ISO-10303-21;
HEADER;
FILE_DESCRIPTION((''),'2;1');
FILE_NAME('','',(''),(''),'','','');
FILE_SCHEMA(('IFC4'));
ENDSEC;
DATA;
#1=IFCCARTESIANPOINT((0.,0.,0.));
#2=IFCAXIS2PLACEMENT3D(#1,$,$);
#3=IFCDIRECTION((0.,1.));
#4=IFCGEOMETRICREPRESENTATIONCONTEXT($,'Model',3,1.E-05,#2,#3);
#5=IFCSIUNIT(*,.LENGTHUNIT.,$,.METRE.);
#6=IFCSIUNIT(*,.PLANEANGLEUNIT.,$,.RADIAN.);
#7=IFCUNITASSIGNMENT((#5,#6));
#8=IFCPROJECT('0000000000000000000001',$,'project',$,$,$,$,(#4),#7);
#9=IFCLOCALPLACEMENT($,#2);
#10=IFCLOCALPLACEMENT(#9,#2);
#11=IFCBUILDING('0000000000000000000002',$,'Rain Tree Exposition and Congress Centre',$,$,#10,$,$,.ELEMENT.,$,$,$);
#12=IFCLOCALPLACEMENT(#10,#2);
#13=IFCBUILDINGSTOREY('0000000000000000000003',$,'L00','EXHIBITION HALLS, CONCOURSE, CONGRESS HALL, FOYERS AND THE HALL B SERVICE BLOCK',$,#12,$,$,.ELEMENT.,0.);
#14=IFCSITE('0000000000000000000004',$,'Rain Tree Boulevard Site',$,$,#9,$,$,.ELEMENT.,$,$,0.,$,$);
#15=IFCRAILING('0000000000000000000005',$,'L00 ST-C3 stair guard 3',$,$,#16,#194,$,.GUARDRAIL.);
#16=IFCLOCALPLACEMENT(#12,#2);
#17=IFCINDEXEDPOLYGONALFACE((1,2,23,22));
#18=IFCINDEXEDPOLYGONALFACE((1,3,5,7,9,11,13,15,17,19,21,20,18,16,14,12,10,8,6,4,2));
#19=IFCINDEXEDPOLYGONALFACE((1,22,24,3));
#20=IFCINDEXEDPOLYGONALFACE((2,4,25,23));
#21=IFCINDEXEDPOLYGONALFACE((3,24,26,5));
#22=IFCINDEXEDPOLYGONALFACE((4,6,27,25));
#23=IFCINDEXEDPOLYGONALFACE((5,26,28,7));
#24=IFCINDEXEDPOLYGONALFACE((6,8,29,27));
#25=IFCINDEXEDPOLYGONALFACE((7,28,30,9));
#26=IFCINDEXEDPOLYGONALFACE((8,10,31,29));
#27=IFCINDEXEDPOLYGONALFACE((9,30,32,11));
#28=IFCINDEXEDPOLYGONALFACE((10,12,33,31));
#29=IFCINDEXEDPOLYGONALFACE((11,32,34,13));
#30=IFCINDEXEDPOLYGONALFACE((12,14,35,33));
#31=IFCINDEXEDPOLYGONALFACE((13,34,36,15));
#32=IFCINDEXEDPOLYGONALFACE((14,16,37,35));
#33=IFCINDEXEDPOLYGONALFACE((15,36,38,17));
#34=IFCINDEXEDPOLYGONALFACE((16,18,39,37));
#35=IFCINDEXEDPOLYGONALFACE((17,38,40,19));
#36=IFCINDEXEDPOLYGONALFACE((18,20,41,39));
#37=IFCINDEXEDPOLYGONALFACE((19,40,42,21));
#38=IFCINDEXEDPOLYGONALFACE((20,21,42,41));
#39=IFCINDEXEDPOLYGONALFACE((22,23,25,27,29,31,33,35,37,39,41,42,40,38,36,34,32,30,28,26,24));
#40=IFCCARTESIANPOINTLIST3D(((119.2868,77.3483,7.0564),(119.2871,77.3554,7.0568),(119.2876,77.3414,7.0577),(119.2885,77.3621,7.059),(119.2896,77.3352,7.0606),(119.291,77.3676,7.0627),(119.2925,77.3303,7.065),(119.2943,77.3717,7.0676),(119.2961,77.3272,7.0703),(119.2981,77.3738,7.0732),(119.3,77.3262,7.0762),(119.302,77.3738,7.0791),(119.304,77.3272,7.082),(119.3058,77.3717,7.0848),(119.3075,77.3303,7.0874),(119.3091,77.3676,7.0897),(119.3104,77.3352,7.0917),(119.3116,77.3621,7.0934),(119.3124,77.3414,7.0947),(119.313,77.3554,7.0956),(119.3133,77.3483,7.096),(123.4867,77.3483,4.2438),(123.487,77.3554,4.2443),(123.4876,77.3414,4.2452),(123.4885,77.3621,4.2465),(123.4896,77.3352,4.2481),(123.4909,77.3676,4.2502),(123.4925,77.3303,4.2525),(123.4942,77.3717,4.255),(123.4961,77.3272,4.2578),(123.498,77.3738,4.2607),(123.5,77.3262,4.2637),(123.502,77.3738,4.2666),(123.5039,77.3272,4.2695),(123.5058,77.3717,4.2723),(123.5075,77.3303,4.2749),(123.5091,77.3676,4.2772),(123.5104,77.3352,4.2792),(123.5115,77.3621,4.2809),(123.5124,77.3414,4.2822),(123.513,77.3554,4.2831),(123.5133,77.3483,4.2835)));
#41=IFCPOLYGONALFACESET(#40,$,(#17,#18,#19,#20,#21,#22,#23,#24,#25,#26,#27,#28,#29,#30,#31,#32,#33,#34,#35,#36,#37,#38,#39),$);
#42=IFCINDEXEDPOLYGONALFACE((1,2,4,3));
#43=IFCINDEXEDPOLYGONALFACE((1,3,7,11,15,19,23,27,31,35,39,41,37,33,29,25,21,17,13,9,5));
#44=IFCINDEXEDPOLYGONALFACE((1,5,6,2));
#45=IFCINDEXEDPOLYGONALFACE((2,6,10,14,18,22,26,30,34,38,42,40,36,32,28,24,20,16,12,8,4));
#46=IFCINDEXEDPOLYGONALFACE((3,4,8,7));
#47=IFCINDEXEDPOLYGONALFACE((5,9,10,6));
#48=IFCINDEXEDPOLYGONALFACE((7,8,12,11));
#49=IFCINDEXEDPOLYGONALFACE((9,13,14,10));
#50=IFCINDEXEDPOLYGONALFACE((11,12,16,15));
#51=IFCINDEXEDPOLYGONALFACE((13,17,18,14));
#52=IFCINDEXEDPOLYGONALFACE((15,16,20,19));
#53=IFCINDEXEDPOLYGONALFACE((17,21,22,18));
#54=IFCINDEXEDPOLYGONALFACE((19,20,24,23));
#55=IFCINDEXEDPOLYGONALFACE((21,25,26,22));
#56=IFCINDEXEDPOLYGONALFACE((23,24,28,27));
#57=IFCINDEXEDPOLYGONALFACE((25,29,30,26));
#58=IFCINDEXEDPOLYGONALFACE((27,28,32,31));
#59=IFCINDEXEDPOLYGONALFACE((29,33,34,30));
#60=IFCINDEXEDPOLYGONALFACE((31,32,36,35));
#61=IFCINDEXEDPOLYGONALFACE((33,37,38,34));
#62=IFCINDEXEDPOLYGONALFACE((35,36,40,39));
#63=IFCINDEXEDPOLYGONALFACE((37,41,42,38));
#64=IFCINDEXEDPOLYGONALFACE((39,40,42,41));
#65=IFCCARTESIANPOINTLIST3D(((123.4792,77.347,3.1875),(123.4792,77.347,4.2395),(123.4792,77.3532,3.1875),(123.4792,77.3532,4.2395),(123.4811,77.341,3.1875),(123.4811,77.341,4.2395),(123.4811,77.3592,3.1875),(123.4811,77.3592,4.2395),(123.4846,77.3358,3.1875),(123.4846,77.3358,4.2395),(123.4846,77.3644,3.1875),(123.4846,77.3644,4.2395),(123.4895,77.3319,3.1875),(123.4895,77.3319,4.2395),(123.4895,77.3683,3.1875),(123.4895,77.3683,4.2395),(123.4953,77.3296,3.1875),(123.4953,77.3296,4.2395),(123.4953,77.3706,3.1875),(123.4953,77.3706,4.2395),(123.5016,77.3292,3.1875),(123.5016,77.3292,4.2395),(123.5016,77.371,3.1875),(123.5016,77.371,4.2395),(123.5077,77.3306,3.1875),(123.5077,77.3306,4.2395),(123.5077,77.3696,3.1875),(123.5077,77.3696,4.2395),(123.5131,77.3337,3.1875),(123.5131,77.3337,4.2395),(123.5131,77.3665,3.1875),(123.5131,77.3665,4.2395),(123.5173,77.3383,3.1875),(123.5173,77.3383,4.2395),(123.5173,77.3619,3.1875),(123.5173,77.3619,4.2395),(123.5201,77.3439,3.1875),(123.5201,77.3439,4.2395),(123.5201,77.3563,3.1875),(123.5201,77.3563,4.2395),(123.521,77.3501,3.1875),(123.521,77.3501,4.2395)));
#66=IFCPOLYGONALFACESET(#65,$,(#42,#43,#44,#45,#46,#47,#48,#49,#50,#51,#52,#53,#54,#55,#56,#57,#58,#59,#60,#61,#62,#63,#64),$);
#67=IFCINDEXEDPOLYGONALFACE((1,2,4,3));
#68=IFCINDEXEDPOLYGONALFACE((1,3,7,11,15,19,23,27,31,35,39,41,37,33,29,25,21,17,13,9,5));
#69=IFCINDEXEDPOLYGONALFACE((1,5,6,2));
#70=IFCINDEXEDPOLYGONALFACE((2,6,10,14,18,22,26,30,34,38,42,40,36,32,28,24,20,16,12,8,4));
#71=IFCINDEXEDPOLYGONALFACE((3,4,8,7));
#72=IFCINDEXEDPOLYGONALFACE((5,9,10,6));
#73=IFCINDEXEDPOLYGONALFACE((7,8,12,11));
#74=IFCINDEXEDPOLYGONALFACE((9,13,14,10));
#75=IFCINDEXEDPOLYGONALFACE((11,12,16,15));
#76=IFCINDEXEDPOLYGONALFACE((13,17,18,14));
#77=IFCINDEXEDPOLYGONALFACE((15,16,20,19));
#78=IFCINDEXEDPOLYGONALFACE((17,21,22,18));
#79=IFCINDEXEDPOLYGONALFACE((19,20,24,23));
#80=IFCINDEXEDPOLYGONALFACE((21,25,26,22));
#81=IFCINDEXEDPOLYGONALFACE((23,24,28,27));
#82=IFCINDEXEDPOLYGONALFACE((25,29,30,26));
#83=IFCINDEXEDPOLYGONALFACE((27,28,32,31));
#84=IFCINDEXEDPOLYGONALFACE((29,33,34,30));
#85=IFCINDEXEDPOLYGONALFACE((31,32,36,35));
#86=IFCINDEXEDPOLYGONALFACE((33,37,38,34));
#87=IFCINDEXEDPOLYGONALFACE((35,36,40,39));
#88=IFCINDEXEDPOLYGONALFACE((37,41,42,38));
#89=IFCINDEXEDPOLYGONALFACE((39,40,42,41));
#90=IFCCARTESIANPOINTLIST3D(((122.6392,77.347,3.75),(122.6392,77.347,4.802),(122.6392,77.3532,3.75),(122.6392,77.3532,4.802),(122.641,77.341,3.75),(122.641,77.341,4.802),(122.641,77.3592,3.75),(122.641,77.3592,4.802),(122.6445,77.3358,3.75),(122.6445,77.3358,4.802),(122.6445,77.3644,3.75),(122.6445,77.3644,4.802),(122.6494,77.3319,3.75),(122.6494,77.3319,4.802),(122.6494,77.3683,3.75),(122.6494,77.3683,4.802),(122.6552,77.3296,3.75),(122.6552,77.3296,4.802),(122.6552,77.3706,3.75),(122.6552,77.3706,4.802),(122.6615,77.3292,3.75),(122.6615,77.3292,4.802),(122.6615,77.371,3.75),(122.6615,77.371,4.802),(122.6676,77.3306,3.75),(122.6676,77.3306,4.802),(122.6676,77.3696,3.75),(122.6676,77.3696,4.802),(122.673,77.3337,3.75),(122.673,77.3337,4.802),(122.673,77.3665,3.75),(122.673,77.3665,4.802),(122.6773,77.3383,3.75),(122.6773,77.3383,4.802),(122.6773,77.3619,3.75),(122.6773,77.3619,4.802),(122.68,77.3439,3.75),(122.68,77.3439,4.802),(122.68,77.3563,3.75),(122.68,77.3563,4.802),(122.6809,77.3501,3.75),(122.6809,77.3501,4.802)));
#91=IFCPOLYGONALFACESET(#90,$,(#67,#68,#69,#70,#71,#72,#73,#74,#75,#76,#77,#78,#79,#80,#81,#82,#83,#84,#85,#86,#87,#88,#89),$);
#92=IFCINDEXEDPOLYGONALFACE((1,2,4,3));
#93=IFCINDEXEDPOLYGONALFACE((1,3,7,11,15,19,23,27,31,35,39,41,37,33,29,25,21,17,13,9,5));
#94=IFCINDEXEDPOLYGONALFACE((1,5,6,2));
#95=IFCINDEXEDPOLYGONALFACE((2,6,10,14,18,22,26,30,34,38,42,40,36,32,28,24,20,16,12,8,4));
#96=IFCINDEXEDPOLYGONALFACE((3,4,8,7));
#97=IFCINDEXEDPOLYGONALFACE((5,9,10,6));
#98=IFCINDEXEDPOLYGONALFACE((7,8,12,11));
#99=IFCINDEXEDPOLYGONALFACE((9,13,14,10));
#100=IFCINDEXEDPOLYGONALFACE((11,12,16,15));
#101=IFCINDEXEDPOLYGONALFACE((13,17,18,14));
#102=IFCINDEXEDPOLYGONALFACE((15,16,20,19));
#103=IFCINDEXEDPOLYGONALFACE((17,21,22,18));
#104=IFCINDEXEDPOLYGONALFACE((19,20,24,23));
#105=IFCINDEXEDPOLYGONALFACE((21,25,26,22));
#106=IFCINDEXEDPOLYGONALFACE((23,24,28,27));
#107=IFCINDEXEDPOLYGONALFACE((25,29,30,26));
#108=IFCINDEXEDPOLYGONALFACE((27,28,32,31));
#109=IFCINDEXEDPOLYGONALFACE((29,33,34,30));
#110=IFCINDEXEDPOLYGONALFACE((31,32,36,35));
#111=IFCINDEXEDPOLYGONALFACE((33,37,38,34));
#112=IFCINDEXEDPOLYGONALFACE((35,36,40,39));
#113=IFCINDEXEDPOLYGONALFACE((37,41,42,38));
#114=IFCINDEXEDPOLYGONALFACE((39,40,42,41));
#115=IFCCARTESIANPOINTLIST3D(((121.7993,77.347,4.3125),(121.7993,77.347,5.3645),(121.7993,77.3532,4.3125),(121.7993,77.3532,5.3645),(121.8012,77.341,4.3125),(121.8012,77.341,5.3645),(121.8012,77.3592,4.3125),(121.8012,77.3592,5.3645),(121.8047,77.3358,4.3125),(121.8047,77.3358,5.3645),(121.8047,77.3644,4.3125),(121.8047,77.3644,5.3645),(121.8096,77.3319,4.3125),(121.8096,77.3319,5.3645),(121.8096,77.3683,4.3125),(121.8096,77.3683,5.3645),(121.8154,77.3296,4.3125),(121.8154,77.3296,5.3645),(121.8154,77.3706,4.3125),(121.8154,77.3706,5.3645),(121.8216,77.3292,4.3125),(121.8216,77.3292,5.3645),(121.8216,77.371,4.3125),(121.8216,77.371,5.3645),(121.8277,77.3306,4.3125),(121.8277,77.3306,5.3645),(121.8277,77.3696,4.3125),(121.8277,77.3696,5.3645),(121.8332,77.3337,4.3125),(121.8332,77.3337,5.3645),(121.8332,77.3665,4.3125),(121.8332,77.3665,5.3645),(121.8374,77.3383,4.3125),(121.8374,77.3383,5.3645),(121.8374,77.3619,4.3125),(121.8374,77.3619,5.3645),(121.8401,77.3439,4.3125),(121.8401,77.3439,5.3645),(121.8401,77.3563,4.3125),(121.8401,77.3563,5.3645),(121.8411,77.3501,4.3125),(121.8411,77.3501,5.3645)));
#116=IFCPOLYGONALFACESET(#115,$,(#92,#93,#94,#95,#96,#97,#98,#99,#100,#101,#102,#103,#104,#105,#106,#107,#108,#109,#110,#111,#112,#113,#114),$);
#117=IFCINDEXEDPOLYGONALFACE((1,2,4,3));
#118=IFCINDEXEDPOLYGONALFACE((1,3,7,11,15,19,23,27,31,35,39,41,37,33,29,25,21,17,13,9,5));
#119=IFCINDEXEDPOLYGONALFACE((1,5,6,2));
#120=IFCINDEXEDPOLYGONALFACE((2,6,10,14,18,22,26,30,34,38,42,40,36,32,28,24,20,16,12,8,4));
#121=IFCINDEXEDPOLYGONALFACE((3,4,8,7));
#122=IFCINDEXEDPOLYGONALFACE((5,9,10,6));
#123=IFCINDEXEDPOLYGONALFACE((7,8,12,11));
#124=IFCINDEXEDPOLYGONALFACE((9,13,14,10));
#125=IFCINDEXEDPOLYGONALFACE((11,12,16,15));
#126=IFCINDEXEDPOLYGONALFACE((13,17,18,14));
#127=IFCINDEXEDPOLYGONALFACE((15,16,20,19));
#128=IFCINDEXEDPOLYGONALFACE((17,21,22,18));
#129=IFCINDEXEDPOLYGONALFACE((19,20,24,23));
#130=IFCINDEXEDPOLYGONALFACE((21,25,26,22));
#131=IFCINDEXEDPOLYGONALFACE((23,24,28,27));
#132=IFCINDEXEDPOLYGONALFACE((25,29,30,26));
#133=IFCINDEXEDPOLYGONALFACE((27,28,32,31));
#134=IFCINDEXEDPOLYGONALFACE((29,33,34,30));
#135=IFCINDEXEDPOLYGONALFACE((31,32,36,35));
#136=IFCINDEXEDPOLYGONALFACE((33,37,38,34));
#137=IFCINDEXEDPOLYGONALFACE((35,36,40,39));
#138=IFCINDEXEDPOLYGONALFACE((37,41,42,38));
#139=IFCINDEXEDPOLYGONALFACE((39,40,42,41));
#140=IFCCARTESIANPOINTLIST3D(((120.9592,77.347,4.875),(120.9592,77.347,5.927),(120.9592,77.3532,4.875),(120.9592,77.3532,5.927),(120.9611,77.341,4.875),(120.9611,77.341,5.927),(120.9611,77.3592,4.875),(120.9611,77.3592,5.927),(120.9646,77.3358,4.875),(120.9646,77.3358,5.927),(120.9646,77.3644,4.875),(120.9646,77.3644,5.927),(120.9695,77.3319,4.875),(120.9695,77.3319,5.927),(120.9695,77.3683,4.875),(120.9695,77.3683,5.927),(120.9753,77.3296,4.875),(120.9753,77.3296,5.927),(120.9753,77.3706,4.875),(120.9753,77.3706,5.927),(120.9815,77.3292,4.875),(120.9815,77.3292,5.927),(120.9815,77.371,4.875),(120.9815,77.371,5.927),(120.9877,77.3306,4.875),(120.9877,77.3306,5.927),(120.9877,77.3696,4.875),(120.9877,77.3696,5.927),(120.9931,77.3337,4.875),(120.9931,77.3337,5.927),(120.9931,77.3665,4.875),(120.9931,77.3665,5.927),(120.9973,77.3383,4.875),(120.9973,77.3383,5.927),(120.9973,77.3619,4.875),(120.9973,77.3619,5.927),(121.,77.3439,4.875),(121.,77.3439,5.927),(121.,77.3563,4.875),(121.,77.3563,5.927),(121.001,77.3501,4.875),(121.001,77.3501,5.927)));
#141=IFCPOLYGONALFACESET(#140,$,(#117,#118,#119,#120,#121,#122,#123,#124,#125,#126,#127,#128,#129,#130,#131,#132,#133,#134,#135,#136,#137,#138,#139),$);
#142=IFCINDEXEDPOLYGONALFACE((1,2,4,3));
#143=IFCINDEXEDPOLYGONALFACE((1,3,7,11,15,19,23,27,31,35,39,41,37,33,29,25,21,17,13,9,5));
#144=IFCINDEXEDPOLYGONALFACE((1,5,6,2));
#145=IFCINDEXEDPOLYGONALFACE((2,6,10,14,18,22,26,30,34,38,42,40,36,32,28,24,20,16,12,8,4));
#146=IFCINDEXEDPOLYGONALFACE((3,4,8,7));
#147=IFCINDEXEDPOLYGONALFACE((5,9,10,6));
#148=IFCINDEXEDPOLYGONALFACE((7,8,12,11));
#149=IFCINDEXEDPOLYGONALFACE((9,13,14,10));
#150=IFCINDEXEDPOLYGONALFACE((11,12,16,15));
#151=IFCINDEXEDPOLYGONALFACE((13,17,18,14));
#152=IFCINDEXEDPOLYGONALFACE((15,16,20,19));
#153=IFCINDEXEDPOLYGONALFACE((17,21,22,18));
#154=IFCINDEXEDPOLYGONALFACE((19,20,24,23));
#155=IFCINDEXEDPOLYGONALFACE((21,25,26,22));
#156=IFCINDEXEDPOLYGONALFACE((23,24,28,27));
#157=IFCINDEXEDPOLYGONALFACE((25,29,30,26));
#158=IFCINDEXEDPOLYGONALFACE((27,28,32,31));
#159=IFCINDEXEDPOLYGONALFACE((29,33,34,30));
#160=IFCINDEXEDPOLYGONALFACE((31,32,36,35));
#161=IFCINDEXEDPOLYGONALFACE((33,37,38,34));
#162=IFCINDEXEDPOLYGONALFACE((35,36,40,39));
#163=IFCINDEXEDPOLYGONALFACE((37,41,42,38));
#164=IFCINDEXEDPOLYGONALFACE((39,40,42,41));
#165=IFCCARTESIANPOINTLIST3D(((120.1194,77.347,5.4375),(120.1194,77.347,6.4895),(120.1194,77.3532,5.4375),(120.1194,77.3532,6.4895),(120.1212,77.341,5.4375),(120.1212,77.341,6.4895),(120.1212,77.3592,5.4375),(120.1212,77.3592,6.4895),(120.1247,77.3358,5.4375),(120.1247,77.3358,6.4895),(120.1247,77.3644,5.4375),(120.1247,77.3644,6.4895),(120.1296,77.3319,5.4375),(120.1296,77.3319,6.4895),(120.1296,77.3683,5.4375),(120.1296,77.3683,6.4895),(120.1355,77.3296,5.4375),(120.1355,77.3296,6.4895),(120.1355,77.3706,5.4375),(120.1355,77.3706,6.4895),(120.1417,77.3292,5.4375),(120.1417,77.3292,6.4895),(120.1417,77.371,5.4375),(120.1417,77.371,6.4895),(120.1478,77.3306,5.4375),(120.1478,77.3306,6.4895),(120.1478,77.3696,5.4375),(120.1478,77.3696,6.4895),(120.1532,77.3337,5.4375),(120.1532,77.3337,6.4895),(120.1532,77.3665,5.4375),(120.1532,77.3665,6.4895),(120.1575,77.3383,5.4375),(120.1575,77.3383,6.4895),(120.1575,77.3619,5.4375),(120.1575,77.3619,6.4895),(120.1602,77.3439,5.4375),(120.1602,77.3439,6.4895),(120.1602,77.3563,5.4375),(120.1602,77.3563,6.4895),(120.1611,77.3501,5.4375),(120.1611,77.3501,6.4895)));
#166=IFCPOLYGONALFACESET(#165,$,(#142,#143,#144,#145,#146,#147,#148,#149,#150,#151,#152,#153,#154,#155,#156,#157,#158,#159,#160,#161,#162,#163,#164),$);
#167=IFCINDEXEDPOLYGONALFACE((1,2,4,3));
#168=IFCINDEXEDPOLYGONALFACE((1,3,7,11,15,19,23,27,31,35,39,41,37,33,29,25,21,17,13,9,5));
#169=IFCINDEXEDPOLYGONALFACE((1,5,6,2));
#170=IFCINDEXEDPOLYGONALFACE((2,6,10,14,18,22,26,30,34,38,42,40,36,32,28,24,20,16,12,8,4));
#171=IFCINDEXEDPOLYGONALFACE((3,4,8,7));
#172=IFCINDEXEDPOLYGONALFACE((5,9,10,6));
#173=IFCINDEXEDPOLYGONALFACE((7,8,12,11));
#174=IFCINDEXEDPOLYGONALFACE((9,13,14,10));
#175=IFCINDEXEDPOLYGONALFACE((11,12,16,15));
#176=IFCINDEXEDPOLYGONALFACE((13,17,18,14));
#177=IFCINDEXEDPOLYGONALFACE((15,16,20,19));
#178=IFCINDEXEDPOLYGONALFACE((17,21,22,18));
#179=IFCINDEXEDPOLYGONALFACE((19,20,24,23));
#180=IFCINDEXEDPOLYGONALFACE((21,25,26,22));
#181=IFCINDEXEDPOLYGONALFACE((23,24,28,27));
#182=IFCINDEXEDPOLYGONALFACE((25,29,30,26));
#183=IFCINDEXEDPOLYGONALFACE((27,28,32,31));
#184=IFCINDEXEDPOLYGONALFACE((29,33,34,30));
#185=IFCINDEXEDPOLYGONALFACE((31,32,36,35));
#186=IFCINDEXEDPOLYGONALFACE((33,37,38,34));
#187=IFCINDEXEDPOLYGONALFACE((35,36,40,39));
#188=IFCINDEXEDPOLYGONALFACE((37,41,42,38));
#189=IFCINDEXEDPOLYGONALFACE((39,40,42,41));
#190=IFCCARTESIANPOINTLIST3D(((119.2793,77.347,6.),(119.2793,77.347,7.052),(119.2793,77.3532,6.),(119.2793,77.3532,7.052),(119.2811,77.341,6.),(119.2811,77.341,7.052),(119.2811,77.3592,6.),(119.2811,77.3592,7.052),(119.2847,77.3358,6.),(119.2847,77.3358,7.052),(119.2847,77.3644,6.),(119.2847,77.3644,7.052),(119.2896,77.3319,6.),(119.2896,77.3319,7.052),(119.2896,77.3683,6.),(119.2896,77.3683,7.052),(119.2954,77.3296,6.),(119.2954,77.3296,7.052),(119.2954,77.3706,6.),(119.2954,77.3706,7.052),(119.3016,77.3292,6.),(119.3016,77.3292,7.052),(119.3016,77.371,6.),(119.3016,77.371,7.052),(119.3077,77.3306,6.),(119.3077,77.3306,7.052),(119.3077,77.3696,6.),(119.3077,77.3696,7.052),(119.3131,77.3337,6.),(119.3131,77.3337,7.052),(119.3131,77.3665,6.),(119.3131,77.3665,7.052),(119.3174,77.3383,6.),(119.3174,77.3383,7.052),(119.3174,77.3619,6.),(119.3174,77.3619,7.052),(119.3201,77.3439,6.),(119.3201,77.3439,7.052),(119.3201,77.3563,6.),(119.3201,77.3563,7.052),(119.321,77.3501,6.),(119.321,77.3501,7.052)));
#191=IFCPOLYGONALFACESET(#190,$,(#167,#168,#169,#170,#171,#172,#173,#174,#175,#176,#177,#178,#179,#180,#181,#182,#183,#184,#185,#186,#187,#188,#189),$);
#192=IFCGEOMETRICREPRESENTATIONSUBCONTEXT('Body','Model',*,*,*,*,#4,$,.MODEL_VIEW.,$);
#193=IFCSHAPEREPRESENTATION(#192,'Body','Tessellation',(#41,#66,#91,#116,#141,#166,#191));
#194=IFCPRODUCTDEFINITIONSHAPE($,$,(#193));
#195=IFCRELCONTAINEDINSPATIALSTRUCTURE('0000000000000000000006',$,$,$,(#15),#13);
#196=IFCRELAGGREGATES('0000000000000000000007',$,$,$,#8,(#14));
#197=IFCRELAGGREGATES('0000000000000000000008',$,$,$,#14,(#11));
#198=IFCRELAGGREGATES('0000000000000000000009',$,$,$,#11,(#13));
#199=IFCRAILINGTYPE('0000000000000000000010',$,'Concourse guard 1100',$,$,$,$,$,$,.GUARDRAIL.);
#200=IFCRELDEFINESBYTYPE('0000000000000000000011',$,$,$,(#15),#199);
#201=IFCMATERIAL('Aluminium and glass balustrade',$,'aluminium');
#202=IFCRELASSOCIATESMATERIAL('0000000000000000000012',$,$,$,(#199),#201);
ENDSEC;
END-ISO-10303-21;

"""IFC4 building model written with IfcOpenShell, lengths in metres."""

from ifc_helpers import new_model, si_unit, direction, frame, origin, origin_2d, place, context, subcontext, project, spatial, circle, extrude, material, type_object, element, save


model = new_model("IFC4")

# Units and contexts
model_context = context("Model", 3, precision=1e-05, world=origin(), true_north=direction((0.0, 1.0)))
body_context = subcontext(model_context, "Body", "Model", "MODEL_VIEW")
ifc_project = project(units=[si_unit("LENGTHUNIT", "METRE"), si_unit("PLANEANGLEUNIT", "RADIAN")], contexts=[model_context])

# Site, building, storey
site_placement = place(None, origin())
site = spatial("IfcSite", under=ifc_project, at=site_placement, Name="Rain Tree Boulevard Site", CompositionType="ELEMENT", RefElevation=0.0)
building_placement = place(site_placement, origin())
building = spatial("IfcBuilding", under=site, at=building_placement, Name="Rain Tree Exposition and Congress Centre", CompositionType="ELEMENT")
storey_placement = place(building_placement, origin())
storey = spatial("IfcBuildingStorey", under=building, at=storey_placement, Name="L00", Description="EXHIBITION HALLS, CONCOURSE, CONGRESS HALL, FOYERS AND THE HALL B SERVICE BLOCK", CompositionType="ELEMENT", Elevation=0.0)

# Railing
ifc_material_1 = material(Name="Aluminium and glass balustrade", Category="aluminium")
railing_type_1 = type_object("IfcRailingType", Name="Concourse guard 1100", PredefinedType="GUARDRAIL", material=ifc_material_1)
railing_1_placement = place(storey_placement, frame((123.5, 77.3501, 3.1875)))
element("IfcRailing", 1, at=railing_1_placement, inside=storey, type_object=railing_type_1, Name="L00 ST-C3 stair guard 3", PredefinedType="GUARDRAIL", context=body_context, shape_type="SweptSolid", body=[
    extrude(circle(Radius=0.0239, at=origin_2d()), frame((0.0, 0.0, 1.0762), z_axis=(-0.830904, 0.0, 0.556416), x_axis=(0.0, -1.0, 0.0)), (0.0, 0.0, 1.0), 5.0547),
    extrude(circle(Radius=0.021, at=origin_2d()), origin(), (0.0, 0.0, 1.0), 1.052),
    extrude(circle(Radius=0.021, at=origin_2d()), frame((-0.8401, 0.0, 0.5625)), (0.0, 0.0, 1.0), 1.052),
    extrude(circle(Radius=0.021, at=origin_2d()), frame((-1.6799, 0.0, 1.125)), (0.0, 0.0, 1.0), 1.052),
    extrude(circle(Radius=0.021, at=origin_2d()), frame((-2.52, 0.0, 1.6875)), (0.0, 0.0, 1.0), 1.052),
    extrude(circle(Radius=0.021, at=origin_2d()), frame((-3.3599, 0.0, 2.25)), (0.0, 0.0, 1.0), 1.052),
    extrude(circle(Radius=0.021, at=origin_2d()), frame((-4.2, 0.0, 2.8125)), (0.0, 0.0, 1.0), 1.052),
])

save(model, "model.ifc")
